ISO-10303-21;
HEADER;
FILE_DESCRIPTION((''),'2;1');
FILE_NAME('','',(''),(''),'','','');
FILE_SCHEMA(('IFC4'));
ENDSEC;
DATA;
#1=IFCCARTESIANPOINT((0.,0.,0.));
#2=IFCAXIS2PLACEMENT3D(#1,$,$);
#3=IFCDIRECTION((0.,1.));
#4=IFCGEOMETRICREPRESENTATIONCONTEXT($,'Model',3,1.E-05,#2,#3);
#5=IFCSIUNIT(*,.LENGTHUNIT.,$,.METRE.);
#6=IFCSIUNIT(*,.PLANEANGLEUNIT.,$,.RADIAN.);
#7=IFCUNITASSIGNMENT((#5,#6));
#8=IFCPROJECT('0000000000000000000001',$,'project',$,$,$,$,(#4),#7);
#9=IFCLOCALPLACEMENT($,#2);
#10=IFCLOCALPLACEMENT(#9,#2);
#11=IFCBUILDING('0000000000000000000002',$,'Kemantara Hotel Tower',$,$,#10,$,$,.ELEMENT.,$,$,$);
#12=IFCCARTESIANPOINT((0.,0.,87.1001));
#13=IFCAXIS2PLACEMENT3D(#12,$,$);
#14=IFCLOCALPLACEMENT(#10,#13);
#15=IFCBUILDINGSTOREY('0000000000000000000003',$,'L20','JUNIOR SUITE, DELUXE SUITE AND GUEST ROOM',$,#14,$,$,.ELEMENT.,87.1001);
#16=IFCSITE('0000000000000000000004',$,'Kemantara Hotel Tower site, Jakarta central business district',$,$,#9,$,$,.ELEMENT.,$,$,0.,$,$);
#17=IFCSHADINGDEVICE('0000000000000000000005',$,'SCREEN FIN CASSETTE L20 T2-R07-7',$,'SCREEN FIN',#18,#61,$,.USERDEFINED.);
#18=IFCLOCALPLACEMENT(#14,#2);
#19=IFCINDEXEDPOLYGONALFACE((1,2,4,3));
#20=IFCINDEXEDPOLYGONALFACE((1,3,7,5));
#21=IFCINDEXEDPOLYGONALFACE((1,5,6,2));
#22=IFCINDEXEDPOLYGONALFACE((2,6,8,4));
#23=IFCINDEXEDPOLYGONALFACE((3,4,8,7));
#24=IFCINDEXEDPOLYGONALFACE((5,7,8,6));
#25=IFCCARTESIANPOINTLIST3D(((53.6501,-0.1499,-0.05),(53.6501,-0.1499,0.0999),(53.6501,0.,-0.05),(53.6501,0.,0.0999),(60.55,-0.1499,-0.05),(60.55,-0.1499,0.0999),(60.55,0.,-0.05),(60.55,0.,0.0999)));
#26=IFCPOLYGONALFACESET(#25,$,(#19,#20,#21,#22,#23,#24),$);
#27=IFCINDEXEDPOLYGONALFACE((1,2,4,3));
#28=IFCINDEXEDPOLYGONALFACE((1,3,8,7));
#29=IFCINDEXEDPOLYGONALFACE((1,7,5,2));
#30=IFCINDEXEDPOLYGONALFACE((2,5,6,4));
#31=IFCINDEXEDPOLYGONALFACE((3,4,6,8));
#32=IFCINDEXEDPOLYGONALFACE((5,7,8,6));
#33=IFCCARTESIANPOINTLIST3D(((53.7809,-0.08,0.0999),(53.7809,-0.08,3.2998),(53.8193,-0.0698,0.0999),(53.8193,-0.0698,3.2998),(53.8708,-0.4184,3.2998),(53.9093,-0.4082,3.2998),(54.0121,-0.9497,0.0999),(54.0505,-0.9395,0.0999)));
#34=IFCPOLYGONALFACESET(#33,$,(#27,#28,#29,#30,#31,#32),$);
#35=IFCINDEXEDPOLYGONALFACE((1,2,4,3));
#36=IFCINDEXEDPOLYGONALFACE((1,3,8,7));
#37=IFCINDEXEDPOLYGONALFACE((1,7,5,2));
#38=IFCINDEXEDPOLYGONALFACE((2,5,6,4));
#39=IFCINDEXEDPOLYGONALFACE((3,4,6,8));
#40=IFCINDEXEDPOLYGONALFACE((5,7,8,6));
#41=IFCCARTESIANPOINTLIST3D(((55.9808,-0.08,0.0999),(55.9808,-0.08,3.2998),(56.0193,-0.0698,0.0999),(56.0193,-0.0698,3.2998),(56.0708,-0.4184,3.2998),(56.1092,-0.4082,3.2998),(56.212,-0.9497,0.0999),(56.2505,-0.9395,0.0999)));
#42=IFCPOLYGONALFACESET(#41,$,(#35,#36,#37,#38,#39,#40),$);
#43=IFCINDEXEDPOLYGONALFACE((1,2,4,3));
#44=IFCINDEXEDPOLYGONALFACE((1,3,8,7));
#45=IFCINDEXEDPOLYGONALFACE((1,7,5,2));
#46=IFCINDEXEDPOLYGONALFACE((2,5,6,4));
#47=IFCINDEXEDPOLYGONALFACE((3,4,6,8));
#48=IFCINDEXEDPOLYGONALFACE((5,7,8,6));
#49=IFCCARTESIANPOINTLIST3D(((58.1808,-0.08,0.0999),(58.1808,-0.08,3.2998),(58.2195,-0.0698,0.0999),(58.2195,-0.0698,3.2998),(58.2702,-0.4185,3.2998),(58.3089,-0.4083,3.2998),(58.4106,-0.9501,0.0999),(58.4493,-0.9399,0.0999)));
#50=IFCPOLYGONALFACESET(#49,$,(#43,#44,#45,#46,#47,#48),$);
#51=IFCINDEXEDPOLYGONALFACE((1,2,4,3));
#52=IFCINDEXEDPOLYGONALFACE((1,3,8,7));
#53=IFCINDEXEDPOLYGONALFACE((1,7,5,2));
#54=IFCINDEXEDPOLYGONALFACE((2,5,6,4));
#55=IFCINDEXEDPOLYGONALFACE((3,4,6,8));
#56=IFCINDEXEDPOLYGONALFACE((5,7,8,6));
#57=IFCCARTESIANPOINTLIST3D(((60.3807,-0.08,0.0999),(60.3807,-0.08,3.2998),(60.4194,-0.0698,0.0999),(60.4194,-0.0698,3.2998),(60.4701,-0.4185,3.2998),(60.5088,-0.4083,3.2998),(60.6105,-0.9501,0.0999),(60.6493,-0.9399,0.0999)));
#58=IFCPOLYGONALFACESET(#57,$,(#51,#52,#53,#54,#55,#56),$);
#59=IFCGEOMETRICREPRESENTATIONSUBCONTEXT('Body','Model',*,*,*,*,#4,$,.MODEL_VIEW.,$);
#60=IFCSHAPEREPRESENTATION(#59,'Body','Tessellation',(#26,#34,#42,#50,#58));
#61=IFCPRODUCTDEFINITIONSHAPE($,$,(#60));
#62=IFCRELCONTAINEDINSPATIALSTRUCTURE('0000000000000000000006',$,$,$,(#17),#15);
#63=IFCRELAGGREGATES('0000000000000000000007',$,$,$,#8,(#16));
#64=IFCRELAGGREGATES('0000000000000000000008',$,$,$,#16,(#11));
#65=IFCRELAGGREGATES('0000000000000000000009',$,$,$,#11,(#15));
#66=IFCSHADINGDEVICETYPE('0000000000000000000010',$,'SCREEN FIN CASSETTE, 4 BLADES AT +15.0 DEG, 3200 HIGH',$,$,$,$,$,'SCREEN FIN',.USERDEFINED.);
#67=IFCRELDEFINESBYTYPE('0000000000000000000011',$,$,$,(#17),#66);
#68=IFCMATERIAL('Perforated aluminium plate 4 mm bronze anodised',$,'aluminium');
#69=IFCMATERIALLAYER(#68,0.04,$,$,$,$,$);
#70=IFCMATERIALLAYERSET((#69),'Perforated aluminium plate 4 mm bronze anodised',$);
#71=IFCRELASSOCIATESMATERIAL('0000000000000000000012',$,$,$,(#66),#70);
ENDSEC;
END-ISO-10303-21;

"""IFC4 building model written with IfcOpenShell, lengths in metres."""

from ifc_helpers import new_model, si_unit, direction, frame, origin, origin_2d, place, context, subcontext, project, spatial, polyline, rectangle, outline, extrude, source, transform, mapped, material, layer, layer_set, type_object, element, save


model = new_model("IFC4")

# Units and contexts
model_context = context("Model", 3, precision=1e-05, world=origin(), true_north=direction((0.0, 1.0)))
body_context = subcontext(model_context, "Body", "Model", "MODEL_VIEW")
ifc_project = project(units=[si_unit("LENGTHUNIT", "METRE"), si_unit("PLANEANGLEUNIT", "RADIAN")], contexts=[model_context])

# Site, building, storey
site_placement = place(None, origin())
site = spatial("IfcSite", under=ifc_project, at=site_placement, Name="Kemantara Hotel Tower site, Jakarta central business district", CompositionType="ELEMENT", RefElevation=0.0)
building_placement = place(site_placement, origin())
building = spatial("IfcBuilding", under=site, at=building_placement, Name="Kemantara Hotel Tower", CompositionType="ELEMENT")
storey_placement = place(building_placement, frame((0.0, 0.0, 87.1001)))
storey = spatial("IfcBuildingStorey", under=building, at=storey_placement, Name="L20", Description="JUNIOR SUITE, DELUXE SUITE AND GUEST ROOM", CompositionType="ELEMENT", Elevation=87.1001)

# Shading device
ifc_material_1 = material(Name="Perforated aluminium plate 4 mm bronze anodised", Category="aluminium")
ifc_layer_1 = layer(ifc_material_1, 0.04)
ifc_layer_set_1 = layer_set([ifc_layer_1], Name="Perforated aluminium plate 4 mm bronze anodised")
shading_device_type_1 = type_object("IfcShadingDeviceType", Name="SCREEN FIN CASSETTE, 4 BLADES AT +15.0 DEG, 3200 HIGH", ElementType="SCREEN FIN", PredefinedType="USERDEFINED", material=ifc_layer_set_1)
shared_shape_1 = source(origin(), body_context, "Body", "SweptSolid", [
    extrude(rectangle(XDim=6.8999, YDim=0.1499, at=origin_2d()), frame((3.3, -0.075, -0.1499), z_axis=(0.0, 0.0, 1.0), x_axis=(1.0, 0.0, 0.0)), (0.0, 0.0, 1.0), 0.1499),
    extrude(outline(polyline([(0.0, 0.0), (0.8999, 0.0), (0.3501, 3.2), (0.0, 3.2), (0.0, 0.0)])), frame((0.0193, -0.0698, 0.0), z_axis=(-0.966438, -0.256901, 0.0), x_axis=(0.256901, -0.966438, 0.0)), (0.0, 0.0, 1.0), 0.0398),
    extrude(outline(polyline([(0.0, 0.0), (0.8999, 0.0), (0.3501, 3.2), (0.0, 3.2), (0.0, 0.0)])), frame((2.2192, -0.0698, 0.0), z_axis=(-0.966438, -0.256901, 0.0), x_axis=(0.256901, -0.966438, 0.0)), (0.0, 0.0, 1.0), 0.0398),
    extrude(outline(polyline([(0.0, 0.0), (0.8999, 0.0), (0.3501, 3.2), (0.0, 3.2), (0.0, 0.0)])), frame((4.4194, -0.0698, 0.0), z_axis=(-0.966838, -0.255391, 0.0), x_axis=(0.255391, -0.966838, 0.0)), (0.0, 0.0, 1.0), 0.04),
    extrude(outline(polyline([(0.0, 0.0), (0.8999, 0.0), (0.3501, 3.2), (0.0, 3.2), (0.0, 0.0)])), frame((6.6194, -0.0698, 0.0), z_axis=(-0.966838, -0.255391, 0.0), x_axis=(0.255391, -0.966838, 0.0)), (0.0, 0.0, 1.0), 0.04),
])
shading_device_1_placement = place(storey_placement, frame((53.8, 0.0, 0.0999), z_axis=(0.0, 0.0, 1.0), x_axis=(1.0, 0.0, 0.0)))
element("IfcShadingDevice", 1, at=shading_device_1_placement, inside=storey, type_object=shading_device_type_1, Name="SCREEN FIN CASSETTE L20 T2-R07-7", ObjectType="SCREEN FIN", PredefinedType="USERDEFINED", context=body_context, shape_type="MappedRepresentation", body=[
    mapped(shared_shape_1, transform((0.0, 0.0, 0.0))),
])

save(model, "model.ifc")
